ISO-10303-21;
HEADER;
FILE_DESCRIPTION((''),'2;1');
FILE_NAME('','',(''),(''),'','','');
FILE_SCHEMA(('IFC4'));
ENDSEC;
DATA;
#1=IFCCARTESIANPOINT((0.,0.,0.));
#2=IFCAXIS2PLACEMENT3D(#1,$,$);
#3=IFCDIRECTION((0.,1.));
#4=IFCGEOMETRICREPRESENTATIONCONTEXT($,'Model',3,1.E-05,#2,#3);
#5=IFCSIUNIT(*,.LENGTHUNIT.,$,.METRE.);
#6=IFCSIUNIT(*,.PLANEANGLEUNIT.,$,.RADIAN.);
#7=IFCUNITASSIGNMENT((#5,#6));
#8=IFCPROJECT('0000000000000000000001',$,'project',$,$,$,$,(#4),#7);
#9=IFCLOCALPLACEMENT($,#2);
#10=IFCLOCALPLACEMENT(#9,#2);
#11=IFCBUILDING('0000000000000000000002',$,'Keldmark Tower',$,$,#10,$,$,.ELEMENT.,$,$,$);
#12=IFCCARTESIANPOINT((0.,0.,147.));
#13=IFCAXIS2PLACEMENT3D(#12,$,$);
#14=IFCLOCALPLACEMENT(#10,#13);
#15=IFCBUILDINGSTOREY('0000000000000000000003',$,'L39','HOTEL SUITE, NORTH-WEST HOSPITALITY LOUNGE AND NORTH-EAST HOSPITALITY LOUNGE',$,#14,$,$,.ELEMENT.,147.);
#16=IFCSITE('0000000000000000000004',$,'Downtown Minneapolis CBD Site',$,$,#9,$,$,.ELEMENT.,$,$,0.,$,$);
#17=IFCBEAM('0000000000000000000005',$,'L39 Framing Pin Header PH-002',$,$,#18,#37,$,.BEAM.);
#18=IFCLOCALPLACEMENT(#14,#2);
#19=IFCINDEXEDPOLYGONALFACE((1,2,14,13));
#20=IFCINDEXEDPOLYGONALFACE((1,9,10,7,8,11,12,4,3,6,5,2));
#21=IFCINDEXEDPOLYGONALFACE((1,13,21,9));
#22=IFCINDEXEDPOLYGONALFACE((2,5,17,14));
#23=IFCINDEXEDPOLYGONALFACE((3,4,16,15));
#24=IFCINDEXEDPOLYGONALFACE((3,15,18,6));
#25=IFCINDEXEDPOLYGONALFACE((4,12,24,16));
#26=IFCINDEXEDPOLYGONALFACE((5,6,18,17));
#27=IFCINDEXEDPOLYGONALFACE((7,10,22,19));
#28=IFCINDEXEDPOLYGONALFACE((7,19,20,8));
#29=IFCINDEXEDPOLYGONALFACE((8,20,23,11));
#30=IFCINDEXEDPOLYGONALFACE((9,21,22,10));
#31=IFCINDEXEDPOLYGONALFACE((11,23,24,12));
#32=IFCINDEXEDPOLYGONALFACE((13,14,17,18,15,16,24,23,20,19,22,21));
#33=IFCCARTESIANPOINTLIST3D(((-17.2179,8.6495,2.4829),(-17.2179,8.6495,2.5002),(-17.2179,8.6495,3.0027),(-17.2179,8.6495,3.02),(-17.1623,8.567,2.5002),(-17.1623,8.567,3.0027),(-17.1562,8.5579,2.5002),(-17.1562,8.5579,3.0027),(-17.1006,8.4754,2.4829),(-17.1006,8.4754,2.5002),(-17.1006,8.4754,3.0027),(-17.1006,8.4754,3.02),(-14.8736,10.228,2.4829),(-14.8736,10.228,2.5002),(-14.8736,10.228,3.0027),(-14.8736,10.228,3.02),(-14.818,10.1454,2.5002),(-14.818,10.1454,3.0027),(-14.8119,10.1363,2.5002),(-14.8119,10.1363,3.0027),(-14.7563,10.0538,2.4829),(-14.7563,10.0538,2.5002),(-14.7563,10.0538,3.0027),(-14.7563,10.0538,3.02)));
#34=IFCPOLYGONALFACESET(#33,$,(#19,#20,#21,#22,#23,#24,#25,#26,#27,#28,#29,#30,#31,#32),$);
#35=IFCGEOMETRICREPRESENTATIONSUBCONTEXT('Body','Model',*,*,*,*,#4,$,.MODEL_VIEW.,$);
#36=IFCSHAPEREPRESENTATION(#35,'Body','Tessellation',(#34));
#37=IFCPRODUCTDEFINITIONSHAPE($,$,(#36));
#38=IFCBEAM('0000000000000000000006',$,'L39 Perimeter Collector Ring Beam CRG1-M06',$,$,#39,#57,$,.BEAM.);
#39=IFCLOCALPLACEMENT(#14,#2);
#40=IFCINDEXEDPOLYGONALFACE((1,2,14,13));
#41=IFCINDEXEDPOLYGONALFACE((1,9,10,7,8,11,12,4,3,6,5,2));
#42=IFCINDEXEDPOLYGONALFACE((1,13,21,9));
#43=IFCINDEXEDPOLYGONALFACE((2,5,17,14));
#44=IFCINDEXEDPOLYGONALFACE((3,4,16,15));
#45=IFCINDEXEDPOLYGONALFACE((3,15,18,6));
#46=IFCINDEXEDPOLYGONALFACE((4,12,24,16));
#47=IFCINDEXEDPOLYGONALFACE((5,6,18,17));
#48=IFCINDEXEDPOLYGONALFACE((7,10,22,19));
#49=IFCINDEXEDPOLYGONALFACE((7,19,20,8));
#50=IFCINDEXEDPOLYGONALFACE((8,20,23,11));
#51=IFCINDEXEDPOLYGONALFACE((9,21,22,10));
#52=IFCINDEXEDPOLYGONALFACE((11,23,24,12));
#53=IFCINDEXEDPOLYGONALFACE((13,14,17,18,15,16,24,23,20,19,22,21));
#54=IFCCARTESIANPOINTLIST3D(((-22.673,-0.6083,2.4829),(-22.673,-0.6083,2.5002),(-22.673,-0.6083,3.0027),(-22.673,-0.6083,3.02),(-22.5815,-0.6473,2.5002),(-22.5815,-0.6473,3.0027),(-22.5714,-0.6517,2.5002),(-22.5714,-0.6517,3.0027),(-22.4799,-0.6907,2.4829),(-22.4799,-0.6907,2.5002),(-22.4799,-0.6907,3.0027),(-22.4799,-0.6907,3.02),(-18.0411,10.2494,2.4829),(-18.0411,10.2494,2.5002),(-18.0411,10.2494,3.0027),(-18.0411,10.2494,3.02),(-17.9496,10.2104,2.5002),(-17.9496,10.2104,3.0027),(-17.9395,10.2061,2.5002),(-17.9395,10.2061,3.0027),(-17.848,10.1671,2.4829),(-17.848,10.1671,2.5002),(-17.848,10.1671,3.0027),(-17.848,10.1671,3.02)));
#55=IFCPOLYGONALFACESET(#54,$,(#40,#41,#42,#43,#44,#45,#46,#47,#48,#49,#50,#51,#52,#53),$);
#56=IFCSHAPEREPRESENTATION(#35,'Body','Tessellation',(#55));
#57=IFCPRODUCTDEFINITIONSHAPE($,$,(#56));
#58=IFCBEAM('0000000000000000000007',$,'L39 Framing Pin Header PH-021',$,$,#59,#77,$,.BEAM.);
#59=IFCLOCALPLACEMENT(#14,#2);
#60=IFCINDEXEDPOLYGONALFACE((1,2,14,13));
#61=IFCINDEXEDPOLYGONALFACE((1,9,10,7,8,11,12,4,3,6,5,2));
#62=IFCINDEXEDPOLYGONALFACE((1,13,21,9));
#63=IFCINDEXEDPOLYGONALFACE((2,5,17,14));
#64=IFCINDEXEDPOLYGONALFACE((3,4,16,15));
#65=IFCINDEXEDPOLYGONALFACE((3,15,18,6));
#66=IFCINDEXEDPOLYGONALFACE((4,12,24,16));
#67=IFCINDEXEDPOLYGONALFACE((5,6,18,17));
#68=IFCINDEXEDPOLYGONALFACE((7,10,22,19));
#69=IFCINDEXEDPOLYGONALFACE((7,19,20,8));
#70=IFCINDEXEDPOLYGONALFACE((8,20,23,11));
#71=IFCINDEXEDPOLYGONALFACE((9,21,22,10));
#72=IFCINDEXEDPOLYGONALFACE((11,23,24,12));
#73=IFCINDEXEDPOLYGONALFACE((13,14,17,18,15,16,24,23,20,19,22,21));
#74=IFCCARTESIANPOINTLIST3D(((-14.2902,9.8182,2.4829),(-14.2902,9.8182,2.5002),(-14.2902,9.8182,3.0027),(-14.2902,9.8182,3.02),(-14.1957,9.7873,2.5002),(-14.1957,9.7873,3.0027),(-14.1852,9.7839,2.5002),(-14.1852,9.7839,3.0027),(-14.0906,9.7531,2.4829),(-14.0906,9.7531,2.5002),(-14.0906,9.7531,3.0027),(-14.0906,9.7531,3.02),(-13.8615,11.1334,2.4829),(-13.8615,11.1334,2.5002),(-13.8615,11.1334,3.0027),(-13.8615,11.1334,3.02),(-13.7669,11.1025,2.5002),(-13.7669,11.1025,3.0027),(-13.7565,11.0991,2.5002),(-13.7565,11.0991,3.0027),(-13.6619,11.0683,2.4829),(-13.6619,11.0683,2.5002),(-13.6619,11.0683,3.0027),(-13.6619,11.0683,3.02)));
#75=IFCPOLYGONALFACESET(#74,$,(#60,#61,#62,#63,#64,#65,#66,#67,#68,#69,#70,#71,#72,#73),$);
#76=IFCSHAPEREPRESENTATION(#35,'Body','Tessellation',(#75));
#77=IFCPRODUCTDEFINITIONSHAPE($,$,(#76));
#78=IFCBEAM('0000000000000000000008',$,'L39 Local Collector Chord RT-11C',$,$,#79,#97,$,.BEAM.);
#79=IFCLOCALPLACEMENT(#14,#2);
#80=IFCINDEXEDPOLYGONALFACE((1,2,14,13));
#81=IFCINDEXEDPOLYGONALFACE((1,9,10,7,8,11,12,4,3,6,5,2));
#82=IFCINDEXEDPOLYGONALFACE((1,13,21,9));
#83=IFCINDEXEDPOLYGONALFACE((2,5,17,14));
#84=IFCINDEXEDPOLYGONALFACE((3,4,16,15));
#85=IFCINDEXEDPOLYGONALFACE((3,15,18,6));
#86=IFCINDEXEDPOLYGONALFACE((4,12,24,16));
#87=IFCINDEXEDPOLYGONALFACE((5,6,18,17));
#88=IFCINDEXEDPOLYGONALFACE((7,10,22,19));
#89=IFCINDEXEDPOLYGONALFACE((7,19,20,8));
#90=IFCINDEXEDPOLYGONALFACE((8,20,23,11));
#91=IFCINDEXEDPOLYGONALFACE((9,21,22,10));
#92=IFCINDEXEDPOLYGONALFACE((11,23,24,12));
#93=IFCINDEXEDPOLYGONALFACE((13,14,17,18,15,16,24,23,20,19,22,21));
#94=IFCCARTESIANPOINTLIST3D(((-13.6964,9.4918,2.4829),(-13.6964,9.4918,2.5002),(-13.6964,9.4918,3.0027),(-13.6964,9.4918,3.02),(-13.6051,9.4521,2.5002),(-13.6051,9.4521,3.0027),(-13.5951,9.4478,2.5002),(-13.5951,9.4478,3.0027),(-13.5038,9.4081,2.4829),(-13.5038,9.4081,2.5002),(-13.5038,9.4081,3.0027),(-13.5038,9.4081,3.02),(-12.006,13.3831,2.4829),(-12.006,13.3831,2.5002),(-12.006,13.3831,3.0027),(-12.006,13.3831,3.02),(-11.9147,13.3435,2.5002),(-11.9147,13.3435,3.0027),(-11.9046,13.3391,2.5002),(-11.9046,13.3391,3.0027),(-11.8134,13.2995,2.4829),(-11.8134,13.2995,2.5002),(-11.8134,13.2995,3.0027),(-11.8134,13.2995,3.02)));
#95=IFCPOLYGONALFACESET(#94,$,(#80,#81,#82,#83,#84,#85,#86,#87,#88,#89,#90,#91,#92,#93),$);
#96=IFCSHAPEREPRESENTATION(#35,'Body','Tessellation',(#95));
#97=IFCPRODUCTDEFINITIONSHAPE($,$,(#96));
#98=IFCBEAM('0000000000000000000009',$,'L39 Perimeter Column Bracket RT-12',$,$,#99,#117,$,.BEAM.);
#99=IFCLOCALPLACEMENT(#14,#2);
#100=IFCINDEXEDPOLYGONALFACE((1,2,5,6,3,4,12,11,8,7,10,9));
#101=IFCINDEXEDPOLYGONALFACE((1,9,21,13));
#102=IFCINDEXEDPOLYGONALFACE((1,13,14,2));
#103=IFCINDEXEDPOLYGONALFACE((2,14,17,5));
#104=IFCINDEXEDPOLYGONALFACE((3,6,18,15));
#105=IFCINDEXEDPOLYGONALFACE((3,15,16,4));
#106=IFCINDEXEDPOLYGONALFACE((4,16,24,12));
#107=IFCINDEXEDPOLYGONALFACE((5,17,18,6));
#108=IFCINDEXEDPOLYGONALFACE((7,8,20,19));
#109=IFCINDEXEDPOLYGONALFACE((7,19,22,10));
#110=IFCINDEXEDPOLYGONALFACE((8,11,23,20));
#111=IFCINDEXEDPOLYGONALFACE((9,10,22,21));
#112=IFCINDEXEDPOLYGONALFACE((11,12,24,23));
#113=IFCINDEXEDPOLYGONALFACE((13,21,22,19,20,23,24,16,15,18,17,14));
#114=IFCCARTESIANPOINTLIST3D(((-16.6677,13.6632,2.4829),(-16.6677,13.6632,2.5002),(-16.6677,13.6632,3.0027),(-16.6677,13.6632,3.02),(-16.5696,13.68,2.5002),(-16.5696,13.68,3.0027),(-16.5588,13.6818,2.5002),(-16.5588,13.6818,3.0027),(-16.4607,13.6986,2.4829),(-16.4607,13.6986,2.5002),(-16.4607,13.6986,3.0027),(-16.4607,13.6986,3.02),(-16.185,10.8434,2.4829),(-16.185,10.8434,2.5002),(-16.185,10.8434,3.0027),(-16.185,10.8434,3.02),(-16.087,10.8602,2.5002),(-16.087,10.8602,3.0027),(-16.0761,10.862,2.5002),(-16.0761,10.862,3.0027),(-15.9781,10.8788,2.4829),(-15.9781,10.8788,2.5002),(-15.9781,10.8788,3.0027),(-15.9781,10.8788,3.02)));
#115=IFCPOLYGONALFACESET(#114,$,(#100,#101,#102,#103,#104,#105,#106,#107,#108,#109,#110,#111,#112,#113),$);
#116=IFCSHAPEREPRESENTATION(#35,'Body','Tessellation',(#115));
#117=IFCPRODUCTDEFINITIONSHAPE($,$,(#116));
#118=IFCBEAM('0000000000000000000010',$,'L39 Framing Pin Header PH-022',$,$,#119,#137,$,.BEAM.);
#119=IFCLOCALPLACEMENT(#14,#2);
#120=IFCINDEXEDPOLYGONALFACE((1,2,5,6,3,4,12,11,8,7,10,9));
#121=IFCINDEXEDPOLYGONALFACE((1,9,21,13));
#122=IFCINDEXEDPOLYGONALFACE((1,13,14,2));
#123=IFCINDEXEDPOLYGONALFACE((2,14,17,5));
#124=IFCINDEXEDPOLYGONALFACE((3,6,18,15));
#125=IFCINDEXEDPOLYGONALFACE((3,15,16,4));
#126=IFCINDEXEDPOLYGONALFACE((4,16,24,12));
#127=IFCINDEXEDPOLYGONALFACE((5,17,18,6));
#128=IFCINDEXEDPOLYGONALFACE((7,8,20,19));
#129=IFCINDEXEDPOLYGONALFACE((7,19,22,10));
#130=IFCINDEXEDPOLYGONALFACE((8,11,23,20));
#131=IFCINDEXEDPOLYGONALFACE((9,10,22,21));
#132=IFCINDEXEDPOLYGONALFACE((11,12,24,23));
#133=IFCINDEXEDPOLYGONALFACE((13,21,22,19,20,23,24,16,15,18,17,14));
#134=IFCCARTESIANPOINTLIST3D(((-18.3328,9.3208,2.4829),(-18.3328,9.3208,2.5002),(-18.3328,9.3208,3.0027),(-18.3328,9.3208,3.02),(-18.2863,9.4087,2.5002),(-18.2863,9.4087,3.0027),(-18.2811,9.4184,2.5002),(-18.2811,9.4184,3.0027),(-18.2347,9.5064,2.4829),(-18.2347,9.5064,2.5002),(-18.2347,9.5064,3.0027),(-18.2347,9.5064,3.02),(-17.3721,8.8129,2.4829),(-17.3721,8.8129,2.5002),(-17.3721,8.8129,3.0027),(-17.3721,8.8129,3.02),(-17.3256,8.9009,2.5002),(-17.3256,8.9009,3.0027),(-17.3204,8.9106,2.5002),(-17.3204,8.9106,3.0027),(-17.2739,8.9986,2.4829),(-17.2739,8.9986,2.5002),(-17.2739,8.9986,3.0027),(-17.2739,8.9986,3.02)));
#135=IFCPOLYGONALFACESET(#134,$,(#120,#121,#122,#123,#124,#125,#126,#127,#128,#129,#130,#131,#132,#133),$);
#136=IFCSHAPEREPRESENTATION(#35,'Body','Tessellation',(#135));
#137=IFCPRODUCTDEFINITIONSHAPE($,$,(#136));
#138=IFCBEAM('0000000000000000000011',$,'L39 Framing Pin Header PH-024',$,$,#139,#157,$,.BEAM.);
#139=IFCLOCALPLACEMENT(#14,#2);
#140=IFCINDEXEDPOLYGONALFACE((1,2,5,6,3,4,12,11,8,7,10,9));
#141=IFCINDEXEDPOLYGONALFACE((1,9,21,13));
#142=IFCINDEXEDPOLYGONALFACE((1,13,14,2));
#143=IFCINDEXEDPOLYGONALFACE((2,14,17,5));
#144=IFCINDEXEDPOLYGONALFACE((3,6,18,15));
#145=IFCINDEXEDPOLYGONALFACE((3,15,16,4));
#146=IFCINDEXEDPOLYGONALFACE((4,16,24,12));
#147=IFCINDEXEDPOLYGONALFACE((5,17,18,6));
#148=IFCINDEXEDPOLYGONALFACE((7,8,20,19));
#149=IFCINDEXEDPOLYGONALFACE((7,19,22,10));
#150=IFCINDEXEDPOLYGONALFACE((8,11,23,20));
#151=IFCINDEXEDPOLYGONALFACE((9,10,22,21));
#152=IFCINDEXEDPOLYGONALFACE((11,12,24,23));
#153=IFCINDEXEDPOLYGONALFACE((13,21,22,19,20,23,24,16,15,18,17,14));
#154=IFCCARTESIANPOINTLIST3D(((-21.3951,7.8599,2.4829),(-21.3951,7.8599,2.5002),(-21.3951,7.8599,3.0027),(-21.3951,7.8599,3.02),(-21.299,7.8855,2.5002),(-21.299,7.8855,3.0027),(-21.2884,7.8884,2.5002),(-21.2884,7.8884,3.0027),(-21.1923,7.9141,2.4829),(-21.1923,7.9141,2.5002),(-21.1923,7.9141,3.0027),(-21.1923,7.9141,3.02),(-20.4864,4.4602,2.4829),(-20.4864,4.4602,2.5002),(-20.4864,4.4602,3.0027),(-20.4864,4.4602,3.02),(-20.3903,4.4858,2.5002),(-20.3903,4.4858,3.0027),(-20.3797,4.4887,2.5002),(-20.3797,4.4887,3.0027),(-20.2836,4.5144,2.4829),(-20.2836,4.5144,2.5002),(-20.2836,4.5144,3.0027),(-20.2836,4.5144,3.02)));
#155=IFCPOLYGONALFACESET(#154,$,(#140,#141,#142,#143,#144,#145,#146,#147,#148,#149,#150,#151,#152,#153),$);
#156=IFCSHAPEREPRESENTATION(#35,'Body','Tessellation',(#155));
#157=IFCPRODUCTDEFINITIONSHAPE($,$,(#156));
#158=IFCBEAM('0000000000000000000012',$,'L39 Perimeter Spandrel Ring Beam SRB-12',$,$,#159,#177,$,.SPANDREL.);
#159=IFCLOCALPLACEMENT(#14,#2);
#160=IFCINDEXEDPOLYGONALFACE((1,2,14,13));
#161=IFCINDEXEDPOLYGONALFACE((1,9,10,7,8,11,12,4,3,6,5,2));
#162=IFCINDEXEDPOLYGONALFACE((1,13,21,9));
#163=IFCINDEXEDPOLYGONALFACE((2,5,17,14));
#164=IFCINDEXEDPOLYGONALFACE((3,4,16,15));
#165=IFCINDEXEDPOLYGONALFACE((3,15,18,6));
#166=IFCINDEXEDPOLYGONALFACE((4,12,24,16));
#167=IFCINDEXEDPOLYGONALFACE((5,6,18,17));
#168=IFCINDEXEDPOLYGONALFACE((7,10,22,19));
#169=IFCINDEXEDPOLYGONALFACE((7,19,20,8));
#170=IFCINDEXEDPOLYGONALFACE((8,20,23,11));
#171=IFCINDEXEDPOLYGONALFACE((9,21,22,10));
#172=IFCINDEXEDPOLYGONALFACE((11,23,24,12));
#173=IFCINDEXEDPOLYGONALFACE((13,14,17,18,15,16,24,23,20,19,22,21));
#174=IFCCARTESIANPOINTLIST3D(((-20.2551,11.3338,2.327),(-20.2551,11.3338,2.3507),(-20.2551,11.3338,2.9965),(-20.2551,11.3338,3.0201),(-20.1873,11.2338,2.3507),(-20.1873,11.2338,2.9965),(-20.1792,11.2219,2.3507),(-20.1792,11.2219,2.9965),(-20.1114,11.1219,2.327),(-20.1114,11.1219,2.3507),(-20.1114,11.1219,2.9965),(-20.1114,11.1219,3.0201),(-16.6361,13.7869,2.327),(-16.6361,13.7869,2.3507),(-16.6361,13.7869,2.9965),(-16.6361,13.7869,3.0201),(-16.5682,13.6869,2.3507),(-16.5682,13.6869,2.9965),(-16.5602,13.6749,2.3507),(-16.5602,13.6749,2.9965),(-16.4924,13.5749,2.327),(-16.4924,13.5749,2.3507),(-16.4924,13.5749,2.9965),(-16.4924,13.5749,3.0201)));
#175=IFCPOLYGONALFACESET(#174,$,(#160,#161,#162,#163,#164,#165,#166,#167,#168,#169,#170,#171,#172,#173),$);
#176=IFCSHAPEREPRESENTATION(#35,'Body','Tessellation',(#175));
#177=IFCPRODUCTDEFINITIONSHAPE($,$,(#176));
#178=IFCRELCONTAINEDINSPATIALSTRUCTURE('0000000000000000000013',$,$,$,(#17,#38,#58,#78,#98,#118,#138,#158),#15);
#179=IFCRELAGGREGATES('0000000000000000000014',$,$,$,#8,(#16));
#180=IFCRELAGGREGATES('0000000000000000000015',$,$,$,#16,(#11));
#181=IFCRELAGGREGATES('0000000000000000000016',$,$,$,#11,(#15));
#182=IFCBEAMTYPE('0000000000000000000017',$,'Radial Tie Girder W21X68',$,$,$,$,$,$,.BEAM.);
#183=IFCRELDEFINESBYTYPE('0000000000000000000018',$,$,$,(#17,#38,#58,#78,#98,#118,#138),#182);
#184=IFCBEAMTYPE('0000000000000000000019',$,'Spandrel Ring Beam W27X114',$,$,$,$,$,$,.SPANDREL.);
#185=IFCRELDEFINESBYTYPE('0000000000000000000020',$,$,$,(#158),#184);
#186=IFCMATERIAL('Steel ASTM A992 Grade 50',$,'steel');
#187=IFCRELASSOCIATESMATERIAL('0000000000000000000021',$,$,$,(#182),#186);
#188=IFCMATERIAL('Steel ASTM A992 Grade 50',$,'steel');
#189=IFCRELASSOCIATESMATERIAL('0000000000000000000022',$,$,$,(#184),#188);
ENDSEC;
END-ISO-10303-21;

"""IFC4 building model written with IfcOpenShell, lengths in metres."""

from ifc_helpers import new_model, si_unit, direction, frame, origin, origin_2d, place, context, subcontext, project, spatial, i_section, extrude, material, material_profile, profile_set, type_object, element, save


model = new_model("IFC4")

# Units and contexts
model_context = context("Model", 3, precision=1e-05, world=origin(), true_north=direction((0.0, 1.0)))
body_context = subcontext(model_context, "Body", "Model", "MODEL_VIEW")
ifc_project = project(units=[si_unit("LENGTHUNIT", "METRE"), si_unit("PLANEANGLEUNIT", "RADIAN")], contexts=[model_context])

# Site, building, storey
site_placement = place(None, origin())
site = spatial("IfcSite", under=ifc_project, at=site_placement, Name="Downtown Minneapolis CBD Site", CompositionType="ELEMENT", RefElevation=0.0)
building_placement = place(site_placement, origin())
building = spatial("IfcBuilding", under=site, at=building_placement, Name="Keldmark Tower", CompositionType="ELEMENT")
storey_placement = place(building_placement, frame((0.0, 0.0, 147.0)))
storey = spatial("IfcBuildingStorey", under=building, at=storey_placement, Name="L39", Description="HOTEL SUITE, NORTH-WEST HOSPITALITY LOUNGE AND NORTH-EAST HOSPITALITY LOUNGE", CompositionType="ELEMENT", Elevation=147.0)

# Beams
ifc_material_1 = material(Name="Steel ASTM A992 Grade 50", Category="steel")
ifc_material_profile_1 = material_profile(ifc_material_1, i_section(OverallWidth=0.21, OverallDepth=0.5371, WebThickness=0.011, FlangeThickness=0.0173, at=origin_2d()), Name="W21X68")
ifc_profile_set_1 = profile_set([ifc_material_profile_1], Name="Steel ASTM A992 Grade 50")
beam_type_1 = type_object("IfcBeamType", Name="Radial Tie Girder W21X68", PredefinedType="BEAM", material=ifc_profile_set_1)
beam_1_placement = place(storey_placement, frame((-14.8149, 10.1409, 2.7515), z_axis=(-0.829503, -0.558502, 0.0), x_axis=(0.558502, -0.829503, 0.0)))
element("IfcBeam", 1, at=beam_1_placement, inside=storey, type_object=beam_type_1, Name="L39 Framing Pin Header PH-002", PredefinedType="BEAM", context=body_context, shape_type="SweptSolid", body=[
    extrude(i_section(OverallWidth=0.21, OverallDepth=0.5371, WebThickness=0.011, FlangeThickness=0.0173, at=origin_2d()), origin(), (0.0, 0.0, 1.0), 2.8262),
])
beam_2_placement = place(storey_placement, frame((-17.9446, 10.2083, 2.7515), z_axis=(-0.392384, -0.919802, 0.0), x_axis=(0.919802, -0.392384, 0.0)))
element("IfcBeam", 2, at=beam_2_placement, inside=storey, type_object=beam_type_1, Name="L39 Perimeter Collector Ring Beam CRG1-M06", PredefinedType="BEAM", context=body_context, shape_type="SweptSolid", body=[
    extrude(i_section(OverallWidth=0.21, OverallDepth=0.5371, WebThickness=0.011, FlangeThickness=0.0173, at=origin_2d()), origin(), (0.0, 0.0, 1.0), 11.8044),
])
beam_3_placement = place(storey_placement, frame((-14.1904, 9.7856, 2.7515), z_axis=(0.30992, 0.950763, 0.0), x_axis=(-0.950763, 0.30992, 0.0)))
element("IfcBeam", 3, at=beam_3_placement, inside=storey, type_object=beam_type_1, Name="L39 Framing Pin Header PH-021", PredefinedType="BEAM", context=body_context, shape_type="SweptSolid", body=[
    extrude(i_section(OverallWidth=0.21, OverallDepth=0.5371, WebThickness=0.011, FlangeThickness=0.0173, at=origin_2d()), origin(), (0.0, 0.0, 1.0), 1.3833),
])
beam_4_placement = place(storey_placement, frame((-13.6001, 9.45, 2.7515), z_axis=(0.398436, 0.917196, 0.0), x_axis=(-0.917196, 0.398436, 0.0)))
element("IfcBeam", 4, at=beam_4_placement, inside=storey, type_object=beam_type_1, Name="L39 Local Collector Chord RT-11C", PredefinedType="BEAM", context=body_context, shape_type="SweptSolid", body=[
    extrude(i_section(OverallWidth=0.21, OverallDepth=0.5371, WebThickness=0.011, FlangeThickness=0.0173, at=origin_2d()), origin(), (0.0, 0.0, 1.0), 4.2427),
])
beam_5_placement = place(storey_placement, frame((-16.0815, 10.8611, 2.7515), z_axis=(-0.168715, 0.985665, 0.0), x_axis=(-0.985665, -0.168715, 0.0)))
element("IfcBeam", 5, at=beam_5_placement, inside=storey, type_object=beam_type_1, Name="L39 Perimeter Column Bracket RT-12", PredefinedType="BEAM", context=body_context, shape_type="SweptSolid", body=[
    extrude(i_section(OverallWidth=0.21, OverallDepth=0.5371, WebThickness=0.011, FlangeThickness=0.0173, at=origin_2d()), origin(), (0.0, 0.0, 1.0), 2.8608),
])
beam_6_placement = place(storey_placement, frame((-17.323, 8.9058, 2.7515), z_axis=(-0.884088, 0.46732, 0.0), x_axis=(-0.46732, -0.884088, 0.0)))
element("IfcBeam", 6, at=beam_6_placement, inside=storey, type_object=beam_type_1, Name="L39 Framing Pin Header PH-022", PredefinedType="BEAM", context=body_context, shape_type="SweptSolid", body=[
    extrude(i_section(OverallWidth=0.21, OverallDepth=0.5371, WebThickness=0.011, FlangeThickness=0.0173, at=origin_2d()), origin(), (0.0, 0.0, 1.0), 1.0867),
])
beam_7_placement = place(storey_placement, frame((-21.2937, 7.887, 2.7515), z_axis=(0.258224, -0.966085, 0.0), x_axis=(0.966085, 0.258224, 0.0)))
element("IfcBeam", 7, at=beam_7_placement, inside=storey, type_object=beam_type_1, Name="L39 Framing Pin Header PH-024", PredefinedType="BEAM", context=body_context, shape_type="SweptSolid", body=[
    extrude(i_section(OverallWidth=0.21, OverallDepth=0.5371, WebThickness=0.011, FlangeThickness=0.0173, at=origin_2d()), origin(), (0.0, 0.0, 1.0), 3.519),
])
ifc_material_2 = material(Name="Steel ASTM A992 Grade 50", Category="steel")
ifc_material_profile_2 = material_profile(ifc_material_2, i_section(OverallWidth=0.2561, OverallDepth=0.6931, WebThickness=0.0144, FlangeThickness=0.0237, at=origin_2d()), Name="W27X114")
ifc_profile_set_2 = profile_set([ifc_material_profile_2], Name="Steel ASTM A992 Grade 50")
beam_type_2 = type_object("IfcBeamType", Name="Spandrel Ring Beam W27X114", PredefinedType="SPANDREL", material=ifc_profile_set_2)
beam_8_placement = place(storey_placement, frame((-16.5642, 13.6809, 2.6736), z_axis=(-0.827765, -0.561075, 0.0), x_axis=(0.561075, -0.827765, 0.0)))
element("IfcBeam", 8, at=beam_8_placement, inside=storey, type_object=beam_type_2, Name="L39 Perimeter Spandrel Ring Beam SRB-12", PredefinedType="SPANDREL", context=body_context, shape_type="SweptSolid", body=[
    extrude(i_section(OverallWidth=0.2561, OverallDepth=0.6931, WebThickness=0.0144, FlangeThickness=0.0237, at=origin_2d()), origin(), (0.0, 0.0, 1.0), 4.3721),
])

save(model, "model.ifc")
